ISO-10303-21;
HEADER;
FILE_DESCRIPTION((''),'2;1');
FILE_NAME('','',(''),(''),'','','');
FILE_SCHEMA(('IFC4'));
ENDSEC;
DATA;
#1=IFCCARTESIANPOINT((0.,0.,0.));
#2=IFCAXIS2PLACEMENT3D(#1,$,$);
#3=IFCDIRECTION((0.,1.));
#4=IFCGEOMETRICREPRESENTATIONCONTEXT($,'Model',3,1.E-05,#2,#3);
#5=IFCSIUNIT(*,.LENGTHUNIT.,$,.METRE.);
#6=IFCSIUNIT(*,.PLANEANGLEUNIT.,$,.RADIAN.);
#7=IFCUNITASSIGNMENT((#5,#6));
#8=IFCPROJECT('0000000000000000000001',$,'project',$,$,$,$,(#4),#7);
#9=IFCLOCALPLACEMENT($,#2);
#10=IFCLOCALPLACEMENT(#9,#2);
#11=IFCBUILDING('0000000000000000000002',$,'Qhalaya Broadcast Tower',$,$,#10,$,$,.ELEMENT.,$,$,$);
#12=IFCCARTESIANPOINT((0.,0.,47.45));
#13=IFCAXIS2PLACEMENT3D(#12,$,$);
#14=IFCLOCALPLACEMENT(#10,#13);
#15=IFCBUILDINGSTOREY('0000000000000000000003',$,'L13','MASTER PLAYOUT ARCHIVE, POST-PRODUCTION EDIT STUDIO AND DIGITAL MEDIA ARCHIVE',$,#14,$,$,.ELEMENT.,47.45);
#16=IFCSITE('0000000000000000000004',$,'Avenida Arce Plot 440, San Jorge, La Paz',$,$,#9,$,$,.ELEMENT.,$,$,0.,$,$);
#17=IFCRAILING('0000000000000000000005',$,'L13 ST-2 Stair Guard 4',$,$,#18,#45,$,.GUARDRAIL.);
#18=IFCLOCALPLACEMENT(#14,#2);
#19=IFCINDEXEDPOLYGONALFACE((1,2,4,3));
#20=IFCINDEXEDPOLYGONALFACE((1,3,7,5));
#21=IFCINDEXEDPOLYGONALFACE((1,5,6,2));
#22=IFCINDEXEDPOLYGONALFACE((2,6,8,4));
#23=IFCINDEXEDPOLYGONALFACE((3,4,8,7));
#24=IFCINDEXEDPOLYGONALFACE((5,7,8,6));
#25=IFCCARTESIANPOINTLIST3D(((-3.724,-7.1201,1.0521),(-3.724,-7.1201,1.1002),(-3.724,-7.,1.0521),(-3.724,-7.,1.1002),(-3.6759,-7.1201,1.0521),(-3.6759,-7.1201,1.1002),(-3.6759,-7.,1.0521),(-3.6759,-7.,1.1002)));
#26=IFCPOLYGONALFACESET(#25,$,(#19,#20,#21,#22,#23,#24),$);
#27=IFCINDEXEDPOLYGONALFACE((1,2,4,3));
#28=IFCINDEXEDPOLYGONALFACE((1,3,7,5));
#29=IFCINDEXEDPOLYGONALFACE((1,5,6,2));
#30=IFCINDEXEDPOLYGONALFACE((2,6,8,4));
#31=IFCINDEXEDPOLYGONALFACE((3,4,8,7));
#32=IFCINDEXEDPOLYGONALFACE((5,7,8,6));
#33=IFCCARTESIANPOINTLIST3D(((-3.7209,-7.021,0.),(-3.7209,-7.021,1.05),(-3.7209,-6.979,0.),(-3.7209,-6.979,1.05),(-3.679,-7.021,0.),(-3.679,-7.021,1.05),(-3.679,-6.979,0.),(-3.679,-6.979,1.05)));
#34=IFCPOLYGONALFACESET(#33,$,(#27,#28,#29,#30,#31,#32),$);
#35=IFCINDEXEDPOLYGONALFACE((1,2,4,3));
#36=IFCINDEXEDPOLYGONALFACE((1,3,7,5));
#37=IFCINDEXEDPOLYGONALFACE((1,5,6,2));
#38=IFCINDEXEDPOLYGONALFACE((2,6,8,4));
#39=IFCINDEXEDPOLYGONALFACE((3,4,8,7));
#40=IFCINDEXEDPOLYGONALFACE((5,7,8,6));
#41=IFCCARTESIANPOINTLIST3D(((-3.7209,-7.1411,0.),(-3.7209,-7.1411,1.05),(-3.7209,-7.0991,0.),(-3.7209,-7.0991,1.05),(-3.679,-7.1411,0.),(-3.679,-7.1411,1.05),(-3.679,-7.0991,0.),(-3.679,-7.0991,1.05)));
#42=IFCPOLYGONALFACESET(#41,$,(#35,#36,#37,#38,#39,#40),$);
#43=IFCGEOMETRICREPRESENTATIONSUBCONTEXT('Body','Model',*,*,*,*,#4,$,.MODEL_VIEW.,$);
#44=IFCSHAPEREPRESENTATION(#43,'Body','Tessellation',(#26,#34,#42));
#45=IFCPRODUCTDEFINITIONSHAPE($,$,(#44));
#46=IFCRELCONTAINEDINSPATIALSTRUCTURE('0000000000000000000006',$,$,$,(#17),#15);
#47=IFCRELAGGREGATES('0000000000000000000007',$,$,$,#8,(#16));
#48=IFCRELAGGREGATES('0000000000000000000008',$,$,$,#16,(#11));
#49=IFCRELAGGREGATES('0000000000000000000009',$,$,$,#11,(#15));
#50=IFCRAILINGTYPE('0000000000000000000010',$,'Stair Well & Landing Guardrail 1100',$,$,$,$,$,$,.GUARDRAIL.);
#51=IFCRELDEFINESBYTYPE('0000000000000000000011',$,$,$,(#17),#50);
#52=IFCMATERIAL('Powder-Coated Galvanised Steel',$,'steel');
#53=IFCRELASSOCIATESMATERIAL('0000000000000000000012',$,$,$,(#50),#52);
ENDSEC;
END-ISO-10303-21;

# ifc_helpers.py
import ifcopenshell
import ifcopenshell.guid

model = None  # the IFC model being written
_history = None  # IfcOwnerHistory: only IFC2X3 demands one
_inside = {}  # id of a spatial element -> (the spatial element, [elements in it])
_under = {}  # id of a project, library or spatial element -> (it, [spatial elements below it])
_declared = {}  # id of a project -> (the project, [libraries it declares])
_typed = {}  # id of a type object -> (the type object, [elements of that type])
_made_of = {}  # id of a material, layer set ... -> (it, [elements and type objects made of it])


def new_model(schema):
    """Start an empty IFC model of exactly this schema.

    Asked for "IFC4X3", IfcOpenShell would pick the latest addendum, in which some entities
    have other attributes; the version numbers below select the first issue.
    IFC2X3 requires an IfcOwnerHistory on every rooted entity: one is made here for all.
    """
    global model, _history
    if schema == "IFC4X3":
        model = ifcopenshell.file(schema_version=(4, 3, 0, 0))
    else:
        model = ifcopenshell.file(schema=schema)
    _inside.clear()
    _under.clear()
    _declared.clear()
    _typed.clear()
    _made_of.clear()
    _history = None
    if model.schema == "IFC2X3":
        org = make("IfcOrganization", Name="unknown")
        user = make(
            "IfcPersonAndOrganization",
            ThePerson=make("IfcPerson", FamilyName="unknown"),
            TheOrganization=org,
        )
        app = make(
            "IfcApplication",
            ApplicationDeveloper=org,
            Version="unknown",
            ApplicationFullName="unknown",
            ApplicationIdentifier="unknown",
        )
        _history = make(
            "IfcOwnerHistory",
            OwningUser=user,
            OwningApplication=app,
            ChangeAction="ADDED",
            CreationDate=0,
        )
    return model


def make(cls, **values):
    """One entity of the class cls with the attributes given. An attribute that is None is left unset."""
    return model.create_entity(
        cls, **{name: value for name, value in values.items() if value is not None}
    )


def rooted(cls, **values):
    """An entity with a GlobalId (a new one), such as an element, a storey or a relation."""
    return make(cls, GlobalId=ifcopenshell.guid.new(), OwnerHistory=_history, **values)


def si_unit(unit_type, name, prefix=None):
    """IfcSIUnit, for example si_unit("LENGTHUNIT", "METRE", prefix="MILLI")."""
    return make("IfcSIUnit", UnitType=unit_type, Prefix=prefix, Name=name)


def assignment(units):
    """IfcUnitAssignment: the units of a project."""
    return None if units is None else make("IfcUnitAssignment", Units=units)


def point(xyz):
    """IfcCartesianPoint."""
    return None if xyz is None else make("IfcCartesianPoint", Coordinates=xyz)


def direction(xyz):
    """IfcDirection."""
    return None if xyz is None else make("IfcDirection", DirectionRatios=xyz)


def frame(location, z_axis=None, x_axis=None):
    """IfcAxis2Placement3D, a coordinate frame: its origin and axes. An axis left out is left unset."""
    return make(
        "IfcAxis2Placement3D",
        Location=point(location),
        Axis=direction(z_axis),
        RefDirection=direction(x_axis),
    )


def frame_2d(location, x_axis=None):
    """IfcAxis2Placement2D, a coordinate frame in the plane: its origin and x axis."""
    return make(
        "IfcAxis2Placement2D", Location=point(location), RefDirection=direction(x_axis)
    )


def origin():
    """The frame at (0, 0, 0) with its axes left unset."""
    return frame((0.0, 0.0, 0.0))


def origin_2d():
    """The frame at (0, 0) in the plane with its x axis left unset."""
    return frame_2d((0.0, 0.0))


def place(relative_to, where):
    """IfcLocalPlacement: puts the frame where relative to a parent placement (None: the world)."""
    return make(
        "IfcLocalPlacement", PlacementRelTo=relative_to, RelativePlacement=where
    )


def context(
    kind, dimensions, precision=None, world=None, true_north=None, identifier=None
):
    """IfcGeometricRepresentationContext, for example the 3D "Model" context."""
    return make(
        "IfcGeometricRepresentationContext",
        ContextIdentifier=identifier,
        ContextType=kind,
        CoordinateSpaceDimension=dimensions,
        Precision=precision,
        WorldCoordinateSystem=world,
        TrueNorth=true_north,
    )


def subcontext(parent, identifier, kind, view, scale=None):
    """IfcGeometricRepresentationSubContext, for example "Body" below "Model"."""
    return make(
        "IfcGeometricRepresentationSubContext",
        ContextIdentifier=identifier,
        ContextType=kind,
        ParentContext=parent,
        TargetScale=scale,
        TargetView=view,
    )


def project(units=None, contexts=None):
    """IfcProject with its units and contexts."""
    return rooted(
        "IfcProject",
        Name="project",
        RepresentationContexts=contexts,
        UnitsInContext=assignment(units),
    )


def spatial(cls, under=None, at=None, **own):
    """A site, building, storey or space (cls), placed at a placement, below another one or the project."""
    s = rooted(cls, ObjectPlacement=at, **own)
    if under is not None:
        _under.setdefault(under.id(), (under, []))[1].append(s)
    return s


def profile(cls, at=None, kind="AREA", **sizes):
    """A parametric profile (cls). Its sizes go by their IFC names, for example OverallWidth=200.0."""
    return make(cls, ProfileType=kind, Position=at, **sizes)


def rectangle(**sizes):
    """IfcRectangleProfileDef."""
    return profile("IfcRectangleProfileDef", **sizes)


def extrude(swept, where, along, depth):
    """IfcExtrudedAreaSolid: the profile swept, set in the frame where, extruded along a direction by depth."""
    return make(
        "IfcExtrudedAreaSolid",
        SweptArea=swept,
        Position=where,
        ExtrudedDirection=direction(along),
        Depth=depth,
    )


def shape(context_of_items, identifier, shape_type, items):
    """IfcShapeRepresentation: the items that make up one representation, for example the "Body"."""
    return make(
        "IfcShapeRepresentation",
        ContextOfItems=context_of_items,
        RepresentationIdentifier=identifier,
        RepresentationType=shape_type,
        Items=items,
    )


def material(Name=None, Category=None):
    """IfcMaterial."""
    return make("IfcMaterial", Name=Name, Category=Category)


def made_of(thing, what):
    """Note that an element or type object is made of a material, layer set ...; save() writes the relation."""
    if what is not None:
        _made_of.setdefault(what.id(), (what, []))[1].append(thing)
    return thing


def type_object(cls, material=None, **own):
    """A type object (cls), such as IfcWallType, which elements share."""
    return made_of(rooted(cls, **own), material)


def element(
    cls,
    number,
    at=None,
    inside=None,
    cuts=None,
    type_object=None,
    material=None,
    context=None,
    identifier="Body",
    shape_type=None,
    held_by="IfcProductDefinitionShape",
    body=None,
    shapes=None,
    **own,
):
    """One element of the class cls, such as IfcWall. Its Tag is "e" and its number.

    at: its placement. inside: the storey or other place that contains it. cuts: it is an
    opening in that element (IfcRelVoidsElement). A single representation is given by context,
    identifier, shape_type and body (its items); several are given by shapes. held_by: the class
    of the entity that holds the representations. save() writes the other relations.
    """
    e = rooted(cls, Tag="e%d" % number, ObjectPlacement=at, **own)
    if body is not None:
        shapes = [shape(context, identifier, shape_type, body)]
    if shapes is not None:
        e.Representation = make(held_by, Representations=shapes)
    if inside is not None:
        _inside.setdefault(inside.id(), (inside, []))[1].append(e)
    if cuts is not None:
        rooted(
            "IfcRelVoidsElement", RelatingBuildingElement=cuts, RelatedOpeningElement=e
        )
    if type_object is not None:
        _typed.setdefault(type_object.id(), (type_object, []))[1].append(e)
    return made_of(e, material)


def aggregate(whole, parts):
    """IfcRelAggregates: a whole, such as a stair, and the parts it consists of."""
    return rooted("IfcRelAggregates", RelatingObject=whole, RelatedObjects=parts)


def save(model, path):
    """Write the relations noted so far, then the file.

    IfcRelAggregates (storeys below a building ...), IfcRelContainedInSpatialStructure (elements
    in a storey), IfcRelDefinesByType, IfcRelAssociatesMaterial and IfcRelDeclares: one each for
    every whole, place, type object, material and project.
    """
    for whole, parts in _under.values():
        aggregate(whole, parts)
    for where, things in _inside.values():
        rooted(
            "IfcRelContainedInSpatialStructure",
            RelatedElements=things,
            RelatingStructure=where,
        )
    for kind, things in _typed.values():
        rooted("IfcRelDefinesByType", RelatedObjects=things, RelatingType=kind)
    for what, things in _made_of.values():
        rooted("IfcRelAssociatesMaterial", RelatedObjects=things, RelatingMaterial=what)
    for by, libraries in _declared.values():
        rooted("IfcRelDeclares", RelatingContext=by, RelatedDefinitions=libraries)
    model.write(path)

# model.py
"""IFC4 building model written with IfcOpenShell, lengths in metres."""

from ifc_helpers import new_model, si_unit, direction, frame, origin, origin_2d, place, context, subcontext, project, spatial, rectangle, extrude, material, type_object, element, save


model = new_model("IFC4")

# Units and contexts
model_context = context("Model", 3, precision=1e-05, world=origin(), true_north=direction((0.0, 1.0)))
body_context = subcontext(model_context, "Body", "Model", "MODEL_VIEW")
ifc_project = project(units=[si_unit("LENGTHUNIT", "METRE"), si_unit("PLANEANGLEUNIT", "RADIAN")], contexts=[model_context])

# Site, building, storey
site_placement = place(None, origin())
site = spatial("IfcSite", under=ifc_project, at=site_placement, Name="Avenida Arce Plot 440, San Jorge, La Paz", CompositionType="ELEMENT", RefElevation=0.0)
building_placement = place(site_placement, origin())
building = spatial("IfcBuilding", under=site, at=building_placement, Name="Qhalaya Broadcast Tower", CompositionType="ELEMENT")
storey_placement = place(building_placement, frame((0.0, 0.0, 47.45)))
storey = spatial("IfcBuildingStorey", under=building, at=storey_placement, Name="L13", Description="MASTER PLAYOUT ARCHIVE, POST-PRODUCTION EDIT STUDIO AND DIGITAL MEDIA ARCHIVE", CompositionType="ELEMENT", Elevation=47.45)

# Railing
ifc_material_1 = material(Name="Powder-Coated Galvanised Steel", Category="steel")
railing_type_1 = type_object("IfcRailingType", Name="Stair Well & Landing Guardrail 1100", PredefinedType="GUARDRAIL", material=ifc_material_1)
railing_1_placement = place(storey_placement, frame((-3.7, -7.0, 0.0)))
element("IfcRailing", 1, at=railing_1_placement, inside=storey, type_object=railing_type_1, Name="L13 ST-2 Stair Guard 4", PredefinedType="GUARDRAIL", context=body_context, shape_type="SweptSolid", body=[
    extrude(rectangle(XDim=0.0481, YDim=0.0481, at=origin_2d()), frame((0.0, 0.0, 1.0762), z_axis=(0.0, -1.0, 0.0), x_axis=(1.0, 0.0, 0.0)), (0.0, 0.0, 1.0), 0.1201),
    extrude(rectangle(XDim=0.042, YDim=0.042, at=origin_2d()), origin(), (0.0, 0.0, 1.0), 1.05),
    extrude(rectangle(XDim=0.042, YDim=0.042, at=origin_2d()), frame((0.0, -0.1201, 0.0)), (0.0, 0.0, 1.0), 1.05),
])

save(model, "model.ifc")
